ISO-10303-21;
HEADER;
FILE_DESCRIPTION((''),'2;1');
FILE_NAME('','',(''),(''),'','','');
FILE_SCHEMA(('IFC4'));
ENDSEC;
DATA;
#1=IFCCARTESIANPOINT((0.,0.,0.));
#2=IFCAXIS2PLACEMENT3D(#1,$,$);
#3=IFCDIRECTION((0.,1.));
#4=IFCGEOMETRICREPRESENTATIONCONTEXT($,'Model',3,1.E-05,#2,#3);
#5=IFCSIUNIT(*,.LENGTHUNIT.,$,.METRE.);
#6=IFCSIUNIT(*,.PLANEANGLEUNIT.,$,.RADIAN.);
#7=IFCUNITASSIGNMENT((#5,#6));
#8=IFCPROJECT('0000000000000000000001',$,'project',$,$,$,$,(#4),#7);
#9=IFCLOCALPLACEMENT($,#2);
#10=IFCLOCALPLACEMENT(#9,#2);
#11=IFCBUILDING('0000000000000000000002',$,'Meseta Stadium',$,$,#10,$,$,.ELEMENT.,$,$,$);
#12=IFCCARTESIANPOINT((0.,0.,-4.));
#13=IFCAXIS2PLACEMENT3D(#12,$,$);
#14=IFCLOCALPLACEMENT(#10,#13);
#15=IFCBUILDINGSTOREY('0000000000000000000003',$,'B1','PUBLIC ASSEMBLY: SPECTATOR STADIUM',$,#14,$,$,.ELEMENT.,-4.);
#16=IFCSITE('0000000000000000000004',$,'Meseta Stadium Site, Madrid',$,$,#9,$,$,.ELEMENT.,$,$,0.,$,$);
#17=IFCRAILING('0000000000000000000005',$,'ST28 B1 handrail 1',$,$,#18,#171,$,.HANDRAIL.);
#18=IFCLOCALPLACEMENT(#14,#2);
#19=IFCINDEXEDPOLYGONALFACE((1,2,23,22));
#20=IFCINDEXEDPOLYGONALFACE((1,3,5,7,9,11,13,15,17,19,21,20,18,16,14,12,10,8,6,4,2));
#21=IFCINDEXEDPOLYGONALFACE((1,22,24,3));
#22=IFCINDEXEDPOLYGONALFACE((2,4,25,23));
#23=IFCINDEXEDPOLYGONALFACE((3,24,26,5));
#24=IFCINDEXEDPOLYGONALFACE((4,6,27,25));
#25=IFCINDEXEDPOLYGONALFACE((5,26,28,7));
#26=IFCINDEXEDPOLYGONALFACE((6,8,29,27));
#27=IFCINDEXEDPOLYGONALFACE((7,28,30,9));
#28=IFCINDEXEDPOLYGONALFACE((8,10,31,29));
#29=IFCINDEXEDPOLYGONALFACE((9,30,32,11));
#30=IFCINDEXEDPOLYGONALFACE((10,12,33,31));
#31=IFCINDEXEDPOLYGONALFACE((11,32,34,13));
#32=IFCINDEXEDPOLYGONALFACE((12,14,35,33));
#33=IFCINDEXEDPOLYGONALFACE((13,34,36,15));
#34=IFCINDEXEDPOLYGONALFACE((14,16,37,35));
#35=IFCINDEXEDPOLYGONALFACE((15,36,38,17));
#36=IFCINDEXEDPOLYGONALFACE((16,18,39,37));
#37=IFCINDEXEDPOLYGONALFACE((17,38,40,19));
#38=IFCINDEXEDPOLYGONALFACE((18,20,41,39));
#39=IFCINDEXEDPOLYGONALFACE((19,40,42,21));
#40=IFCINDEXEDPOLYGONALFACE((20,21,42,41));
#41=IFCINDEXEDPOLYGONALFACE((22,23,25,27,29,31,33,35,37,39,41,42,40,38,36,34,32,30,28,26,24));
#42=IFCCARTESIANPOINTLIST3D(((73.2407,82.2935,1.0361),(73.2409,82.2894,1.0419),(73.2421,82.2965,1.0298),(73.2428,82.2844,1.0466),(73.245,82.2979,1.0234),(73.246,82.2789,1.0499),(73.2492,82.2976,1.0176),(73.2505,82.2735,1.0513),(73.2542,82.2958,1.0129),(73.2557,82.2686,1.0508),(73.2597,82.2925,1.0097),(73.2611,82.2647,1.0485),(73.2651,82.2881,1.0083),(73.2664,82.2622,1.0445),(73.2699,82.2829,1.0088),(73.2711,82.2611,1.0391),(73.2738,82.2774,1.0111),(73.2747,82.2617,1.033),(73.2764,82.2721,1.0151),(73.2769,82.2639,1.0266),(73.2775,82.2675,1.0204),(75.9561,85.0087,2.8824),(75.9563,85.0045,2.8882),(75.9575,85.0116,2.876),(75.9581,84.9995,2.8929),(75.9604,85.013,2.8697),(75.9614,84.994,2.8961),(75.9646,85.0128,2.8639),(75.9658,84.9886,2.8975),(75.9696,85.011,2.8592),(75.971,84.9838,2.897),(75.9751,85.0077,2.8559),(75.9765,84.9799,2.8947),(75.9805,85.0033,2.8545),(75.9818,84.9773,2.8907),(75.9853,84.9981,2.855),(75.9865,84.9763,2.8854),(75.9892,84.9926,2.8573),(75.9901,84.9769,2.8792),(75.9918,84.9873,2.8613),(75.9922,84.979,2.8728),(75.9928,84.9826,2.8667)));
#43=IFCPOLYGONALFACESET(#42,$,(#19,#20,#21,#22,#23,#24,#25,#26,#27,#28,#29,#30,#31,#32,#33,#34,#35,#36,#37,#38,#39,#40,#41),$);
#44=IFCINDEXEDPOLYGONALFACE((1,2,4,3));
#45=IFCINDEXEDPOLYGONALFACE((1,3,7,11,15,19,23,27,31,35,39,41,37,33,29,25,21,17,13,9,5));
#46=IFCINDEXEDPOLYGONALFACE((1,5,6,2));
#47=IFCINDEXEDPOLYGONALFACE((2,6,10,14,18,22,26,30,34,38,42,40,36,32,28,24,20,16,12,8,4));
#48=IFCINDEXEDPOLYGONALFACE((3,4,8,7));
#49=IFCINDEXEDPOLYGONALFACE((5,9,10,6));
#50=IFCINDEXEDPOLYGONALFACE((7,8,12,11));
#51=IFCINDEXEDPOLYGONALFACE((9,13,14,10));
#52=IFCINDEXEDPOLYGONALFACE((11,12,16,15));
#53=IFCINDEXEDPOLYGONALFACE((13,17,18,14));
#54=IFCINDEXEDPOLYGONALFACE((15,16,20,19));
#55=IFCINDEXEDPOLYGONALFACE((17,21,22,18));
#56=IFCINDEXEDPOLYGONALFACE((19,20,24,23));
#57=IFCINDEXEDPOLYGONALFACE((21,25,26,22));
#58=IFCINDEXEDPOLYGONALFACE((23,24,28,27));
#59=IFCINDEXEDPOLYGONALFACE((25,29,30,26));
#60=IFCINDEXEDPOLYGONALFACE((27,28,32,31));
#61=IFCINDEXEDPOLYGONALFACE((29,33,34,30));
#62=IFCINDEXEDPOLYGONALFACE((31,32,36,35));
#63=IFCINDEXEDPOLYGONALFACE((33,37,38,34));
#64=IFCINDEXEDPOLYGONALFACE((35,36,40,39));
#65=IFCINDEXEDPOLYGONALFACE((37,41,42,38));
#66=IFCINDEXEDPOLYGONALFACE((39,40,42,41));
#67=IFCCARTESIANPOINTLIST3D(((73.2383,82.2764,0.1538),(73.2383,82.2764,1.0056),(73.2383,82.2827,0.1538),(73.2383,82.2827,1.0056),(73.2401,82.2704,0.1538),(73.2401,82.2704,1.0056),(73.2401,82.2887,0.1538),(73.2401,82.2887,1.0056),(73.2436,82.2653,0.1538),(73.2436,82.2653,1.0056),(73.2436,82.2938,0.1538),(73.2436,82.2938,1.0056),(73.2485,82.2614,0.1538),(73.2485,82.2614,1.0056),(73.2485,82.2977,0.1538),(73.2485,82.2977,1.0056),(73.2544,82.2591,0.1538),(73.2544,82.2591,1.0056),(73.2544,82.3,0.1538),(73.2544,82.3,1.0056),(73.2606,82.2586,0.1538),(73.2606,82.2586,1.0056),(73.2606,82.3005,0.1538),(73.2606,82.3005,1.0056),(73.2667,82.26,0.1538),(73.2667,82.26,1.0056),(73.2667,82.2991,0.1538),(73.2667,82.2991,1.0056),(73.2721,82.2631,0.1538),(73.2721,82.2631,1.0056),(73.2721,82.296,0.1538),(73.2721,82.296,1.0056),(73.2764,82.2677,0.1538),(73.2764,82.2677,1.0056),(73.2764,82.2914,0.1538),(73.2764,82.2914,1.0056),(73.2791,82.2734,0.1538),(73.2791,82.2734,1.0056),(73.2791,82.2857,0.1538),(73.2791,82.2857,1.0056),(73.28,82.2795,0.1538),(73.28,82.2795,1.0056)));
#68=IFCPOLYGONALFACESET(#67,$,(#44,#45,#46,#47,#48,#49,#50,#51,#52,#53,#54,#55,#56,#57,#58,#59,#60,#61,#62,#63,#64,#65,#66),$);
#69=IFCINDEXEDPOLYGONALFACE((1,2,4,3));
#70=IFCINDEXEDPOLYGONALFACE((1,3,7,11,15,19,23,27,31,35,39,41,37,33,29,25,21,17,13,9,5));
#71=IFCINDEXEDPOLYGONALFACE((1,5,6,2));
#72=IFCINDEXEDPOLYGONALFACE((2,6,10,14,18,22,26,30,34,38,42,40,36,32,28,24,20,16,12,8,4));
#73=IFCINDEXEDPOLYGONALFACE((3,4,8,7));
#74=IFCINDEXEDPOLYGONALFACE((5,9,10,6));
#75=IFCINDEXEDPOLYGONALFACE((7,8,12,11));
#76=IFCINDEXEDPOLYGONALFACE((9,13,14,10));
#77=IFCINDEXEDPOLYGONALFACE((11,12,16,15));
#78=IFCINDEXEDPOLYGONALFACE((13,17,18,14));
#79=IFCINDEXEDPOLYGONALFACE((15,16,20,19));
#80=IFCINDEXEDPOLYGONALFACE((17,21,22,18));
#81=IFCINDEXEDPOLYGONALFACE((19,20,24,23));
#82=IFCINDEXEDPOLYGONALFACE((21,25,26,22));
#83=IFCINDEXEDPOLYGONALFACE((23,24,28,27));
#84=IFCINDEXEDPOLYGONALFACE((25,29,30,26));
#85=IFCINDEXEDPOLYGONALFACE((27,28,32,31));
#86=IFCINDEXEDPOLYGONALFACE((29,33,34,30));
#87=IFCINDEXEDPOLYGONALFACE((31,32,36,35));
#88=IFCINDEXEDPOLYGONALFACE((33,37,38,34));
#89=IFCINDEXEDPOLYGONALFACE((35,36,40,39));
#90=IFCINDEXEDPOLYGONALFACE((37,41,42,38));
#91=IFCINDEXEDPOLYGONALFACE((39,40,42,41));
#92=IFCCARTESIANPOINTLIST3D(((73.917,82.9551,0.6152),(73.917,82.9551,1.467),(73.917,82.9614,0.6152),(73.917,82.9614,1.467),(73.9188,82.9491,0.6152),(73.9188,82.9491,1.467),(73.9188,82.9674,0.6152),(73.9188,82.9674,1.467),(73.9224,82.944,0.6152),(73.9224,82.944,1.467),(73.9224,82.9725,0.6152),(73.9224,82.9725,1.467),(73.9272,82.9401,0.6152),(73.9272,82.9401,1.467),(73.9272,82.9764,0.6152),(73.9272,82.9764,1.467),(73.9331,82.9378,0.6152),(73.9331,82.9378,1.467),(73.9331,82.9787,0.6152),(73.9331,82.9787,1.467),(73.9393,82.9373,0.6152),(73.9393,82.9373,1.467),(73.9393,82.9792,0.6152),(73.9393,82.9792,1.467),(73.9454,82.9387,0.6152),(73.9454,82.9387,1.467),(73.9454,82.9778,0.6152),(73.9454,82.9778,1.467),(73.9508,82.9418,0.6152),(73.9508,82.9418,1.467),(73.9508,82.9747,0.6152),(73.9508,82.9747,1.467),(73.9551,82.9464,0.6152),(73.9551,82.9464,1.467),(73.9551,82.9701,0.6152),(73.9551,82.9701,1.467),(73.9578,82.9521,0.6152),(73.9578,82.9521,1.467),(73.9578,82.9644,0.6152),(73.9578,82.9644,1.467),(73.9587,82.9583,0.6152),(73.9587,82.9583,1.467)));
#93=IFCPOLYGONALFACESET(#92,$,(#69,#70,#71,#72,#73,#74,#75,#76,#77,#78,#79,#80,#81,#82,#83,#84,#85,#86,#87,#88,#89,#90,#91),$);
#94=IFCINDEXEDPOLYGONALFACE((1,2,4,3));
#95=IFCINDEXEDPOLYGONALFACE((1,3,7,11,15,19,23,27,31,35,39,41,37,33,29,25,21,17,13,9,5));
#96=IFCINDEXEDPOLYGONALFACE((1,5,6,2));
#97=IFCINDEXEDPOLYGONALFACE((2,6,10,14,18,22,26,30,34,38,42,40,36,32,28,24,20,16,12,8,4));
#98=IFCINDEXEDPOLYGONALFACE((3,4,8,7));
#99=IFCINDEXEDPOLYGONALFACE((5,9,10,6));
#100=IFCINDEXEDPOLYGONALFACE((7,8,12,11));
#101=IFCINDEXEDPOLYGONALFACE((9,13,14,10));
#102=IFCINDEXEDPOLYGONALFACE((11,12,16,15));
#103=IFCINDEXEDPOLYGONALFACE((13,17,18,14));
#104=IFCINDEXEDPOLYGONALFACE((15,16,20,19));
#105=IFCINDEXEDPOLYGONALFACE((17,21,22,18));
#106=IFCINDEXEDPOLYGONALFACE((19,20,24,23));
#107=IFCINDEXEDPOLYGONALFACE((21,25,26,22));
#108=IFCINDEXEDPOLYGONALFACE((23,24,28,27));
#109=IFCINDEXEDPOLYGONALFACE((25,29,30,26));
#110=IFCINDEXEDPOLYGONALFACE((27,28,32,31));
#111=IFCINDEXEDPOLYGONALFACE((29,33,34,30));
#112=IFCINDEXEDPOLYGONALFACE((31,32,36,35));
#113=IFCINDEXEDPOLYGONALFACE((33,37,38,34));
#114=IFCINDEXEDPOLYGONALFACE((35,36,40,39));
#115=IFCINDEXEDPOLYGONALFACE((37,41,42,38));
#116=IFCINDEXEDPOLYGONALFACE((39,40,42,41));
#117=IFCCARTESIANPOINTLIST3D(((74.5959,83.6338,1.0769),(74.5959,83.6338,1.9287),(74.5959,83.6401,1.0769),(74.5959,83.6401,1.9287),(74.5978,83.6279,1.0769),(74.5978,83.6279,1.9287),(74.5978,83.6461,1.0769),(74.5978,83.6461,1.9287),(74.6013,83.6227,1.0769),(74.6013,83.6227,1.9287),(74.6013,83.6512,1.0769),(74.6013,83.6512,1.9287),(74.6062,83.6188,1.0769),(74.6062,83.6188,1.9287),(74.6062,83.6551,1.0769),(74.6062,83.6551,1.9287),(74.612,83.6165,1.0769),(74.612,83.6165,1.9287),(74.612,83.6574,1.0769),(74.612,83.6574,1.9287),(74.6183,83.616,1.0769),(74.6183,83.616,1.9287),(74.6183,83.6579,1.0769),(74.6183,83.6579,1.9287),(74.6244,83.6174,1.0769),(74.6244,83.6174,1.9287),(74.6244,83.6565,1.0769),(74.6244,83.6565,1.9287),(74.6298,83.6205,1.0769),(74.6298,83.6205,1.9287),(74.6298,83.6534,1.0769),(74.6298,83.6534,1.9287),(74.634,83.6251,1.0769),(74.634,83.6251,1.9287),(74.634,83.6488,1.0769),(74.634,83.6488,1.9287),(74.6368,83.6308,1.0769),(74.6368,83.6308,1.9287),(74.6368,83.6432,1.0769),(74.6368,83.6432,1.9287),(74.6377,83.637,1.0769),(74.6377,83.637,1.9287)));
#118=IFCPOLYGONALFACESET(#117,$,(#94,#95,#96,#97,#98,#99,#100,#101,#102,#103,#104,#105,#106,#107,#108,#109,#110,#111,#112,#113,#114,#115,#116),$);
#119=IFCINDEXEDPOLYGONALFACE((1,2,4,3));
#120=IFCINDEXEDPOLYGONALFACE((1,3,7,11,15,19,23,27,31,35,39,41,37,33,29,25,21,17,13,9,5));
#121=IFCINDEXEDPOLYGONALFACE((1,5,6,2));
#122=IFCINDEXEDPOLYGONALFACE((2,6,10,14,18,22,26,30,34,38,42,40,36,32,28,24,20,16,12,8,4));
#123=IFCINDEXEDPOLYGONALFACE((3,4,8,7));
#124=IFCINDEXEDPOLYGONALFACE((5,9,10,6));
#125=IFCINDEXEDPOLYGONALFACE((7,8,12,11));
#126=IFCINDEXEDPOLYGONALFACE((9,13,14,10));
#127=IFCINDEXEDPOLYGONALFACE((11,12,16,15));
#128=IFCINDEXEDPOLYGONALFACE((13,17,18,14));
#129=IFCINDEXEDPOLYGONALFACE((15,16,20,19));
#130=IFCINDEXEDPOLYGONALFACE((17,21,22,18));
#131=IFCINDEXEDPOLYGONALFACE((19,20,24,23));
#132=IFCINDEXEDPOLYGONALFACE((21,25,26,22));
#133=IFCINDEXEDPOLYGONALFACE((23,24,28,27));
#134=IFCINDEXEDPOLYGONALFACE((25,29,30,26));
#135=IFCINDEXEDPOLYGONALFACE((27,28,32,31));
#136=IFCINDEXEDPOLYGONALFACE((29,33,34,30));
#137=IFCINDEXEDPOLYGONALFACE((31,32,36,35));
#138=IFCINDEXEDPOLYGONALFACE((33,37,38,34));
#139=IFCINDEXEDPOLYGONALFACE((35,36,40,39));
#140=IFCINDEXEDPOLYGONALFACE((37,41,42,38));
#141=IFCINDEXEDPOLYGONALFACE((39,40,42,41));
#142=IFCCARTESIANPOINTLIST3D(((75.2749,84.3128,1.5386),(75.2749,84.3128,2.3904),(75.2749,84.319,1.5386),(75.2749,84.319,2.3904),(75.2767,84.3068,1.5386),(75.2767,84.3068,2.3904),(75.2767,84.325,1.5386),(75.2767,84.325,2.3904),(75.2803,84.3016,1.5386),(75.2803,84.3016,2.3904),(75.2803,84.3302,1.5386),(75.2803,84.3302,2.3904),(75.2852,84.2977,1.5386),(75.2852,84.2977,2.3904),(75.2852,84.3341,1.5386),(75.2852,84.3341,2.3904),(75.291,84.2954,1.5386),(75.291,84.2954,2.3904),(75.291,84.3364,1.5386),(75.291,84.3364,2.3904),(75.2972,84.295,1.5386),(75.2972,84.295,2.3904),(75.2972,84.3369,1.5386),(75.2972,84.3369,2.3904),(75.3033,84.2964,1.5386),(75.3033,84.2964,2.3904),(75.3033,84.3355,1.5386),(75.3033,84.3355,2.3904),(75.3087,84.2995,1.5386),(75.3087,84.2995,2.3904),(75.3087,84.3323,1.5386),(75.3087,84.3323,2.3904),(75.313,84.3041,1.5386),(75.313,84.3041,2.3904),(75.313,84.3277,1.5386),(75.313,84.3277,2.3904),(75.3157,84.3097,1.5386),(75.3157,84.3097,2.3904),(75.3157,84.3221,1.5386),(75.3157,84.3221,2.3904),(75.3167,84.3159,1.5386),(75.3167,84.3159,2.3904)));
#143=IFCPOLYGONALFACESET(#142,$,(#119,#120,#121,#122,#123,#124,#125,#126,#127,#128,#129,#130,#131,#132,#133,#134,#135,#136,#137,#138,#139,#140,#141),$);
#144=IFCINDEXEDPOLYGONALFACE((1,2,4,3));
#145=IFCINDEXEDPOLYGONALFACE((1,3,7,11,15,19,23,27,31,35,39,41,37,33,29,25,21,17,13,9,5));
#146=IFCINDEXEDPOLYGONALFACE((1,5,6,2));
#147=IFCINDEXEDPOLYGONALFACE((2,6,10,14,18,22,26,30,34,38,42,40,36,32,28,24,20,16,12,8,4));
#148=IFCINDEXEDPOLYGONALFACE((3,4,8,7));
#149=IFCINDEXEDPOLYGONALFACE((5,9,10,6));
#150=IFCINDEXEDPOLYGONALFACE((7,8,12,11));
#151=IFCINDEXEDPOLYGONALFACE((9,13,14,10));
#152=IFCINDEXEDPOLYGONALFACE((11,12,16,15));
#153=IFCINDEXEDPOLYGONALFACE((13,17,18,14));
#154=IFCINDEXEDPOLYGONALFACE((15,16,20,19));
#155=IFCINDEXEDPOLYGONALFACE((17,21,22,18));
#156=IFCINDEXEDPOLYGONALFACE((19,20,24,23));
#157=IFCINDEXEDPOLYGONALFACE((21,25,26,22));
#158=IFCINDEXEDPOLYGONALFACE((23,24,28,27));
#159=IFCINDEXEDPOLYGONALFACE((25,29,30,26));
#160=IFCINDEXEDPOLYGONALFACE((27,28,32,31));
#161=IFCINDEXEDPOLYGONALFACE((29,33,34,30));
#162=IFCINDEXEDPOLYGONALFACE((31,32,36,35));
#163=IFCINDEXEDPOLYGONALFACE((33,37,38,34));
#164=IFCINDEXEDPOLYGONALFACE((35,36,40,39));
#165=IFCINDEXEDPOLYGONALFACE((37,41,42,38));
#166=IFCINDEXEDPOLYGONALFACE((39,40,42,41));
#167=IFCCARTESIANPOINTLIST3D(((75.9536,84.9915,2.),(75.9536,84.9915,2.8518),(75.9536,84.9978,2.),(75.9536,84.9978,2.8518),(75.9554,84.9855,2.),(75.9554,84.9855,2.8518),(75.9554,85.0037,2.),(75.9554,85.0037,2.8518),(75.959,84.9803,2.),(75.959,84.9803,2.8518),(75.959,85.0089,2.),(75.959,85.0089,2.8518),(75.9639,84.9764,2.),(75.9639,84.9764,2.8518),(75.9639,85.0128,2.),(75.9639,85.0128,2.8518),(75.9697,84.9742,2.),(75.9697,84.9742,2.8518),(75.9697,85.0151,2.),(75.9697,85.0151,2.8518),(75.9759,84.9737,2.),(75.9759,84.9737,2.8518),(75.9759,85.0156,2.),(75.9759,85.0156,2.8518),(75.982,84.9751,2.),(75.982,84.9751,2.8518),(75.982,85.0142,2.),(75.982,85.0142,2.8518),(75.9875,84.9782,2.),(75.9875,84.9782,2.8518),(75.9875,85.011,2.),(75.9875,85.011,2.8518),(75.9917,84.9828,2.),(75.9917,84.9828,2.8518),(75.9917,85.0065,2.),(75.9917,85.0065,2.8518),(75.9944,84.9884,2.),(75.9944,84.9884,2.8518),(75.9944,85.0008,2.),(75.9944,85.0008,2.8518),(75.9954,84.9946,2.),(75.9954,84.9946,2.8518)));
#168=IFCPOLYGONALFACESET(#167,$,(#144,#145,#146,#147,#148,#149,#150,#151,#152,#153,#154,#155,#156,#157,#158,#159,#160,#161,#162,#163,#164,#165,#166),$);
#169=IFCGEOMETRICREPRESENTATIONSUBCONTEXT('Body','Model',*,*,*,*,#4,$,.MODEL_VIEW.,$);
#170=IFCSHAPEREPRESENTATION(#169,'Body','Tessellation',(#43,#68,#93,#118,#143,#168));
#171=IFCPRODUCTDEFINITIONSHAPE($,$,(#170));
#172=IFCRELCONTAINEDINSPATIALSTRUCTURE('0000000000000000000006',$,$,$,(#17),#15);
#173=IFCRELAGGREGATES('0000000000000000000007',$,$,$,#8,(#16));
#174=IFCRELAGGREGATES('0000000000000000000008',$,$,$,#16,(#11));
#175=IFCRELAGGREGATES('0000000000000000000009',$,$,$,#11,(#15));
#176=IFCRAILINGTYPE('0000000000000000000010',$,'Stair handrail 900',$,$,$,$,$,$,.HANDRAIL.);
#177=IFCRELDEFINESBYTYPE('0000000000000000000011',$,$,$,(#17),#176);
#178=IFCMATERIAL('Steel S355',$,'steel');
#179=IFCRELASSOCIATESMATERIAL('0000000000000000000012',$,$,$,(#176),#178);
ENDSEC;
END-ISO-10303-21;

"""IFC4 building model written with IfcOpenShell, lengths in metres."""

from ifc_helpers import new_model, si_unit, direction, frame, origin, origin_2d, place, context, subcontext, project, spatial, circle, extrude, material, type_object, element, save


model = new_model("IFC4")

# Units and contexts
model_context = context("Model", 3, precision=1e-05, world=origin(), true_north=direction((0.0, 1.0)))
body_context = subcontext(model_context, "Body", "Model", "MODEL_VIEW")
ifc_project = project(units=[si_unit("LENGTHUNIT", "METRE"), si_unit("PLANEANGLEUNIT", "RADIAN")], contexts=[model_context])

# Site, building, storey
site_placement = place(None, origin())
site = spatial("IfcSite", under=ifc_project, at=site_placement, Name="Meseta Stadium Site, Madrid", CompositionType="ELEMENT", RefElevation=0.0)
building_placement = place(site_placement, origin())
building = spatial("IfcBuilding", under=site, at=building_placement, Name="Meseta Stadium", CompositionType="ELEMENT")
storey_placement = place(building_placement, frame((0.0, 0.0, -4.0)))
storey = spatial("IfcBuildingStorey", under=building, at=storey_placement, Name="B1", Description="PUBLIC ASSEMBLY: SPECTATOR STADIUM", CompositionType="ELEMENT", Elevation=-4.0)

# Railing
ifc_material_1 = material(Name="Steel S355", Category="steel")
railing_type = type_object("IfcRailingType", Name="Stair handrail 900", PredefinedType="HANDRAIL", material=ifc_material_1)
railing_placement = place(storey_placement, frame((73.259, 82.2795, 0.1538)))
element("IfcRailing", 1, at=railing_placement, inside=storey, type_object=railing_type, Name="ST28 B1 handrail 1", PredefinedType="HANDRAIL", context=body_context, shape_type="SweptSolid", body=[
    extrude(circle(Radius=0.0239, at=origin_2d()), frame((0.0, 0.0, 0.876), z_axis=(0.637304, 0.637247, 0.433312), x_axis=(-0.707075, 0.707139, 0.0)), (0.0, 0.0, 1.0), 4.2607),
    extrude(circle(Radius=0.021, at=origin_2d()), origin(), (0.0, 0.0, 1.0), 0.8518),
    extrude(circle(Radius=0.021, at=origin_2d()), frame((0.6787, 0.6787, 0.4614)), (0.0, 0.0, 1.0), 0.8518),
    extrude(circle(Radius=0.021, at=origin_2d()), frame((1.3577, 1.3574, 0.9231)), (0.0, 0.0, 1.0), 0.8518),
    extrude(circle(Radius=0.021, at=origin_2d()), frame((2.0366, 2.0364, 1.3848)), (0.0, 0.0, 1.0), 0.8518),
    extrude(circle(Radius=0.021, at=origin_2d()), frame((2.7153, 2.7151, 1.8462)), (0.0, 0.0, 1.0), 0.8518),
])

save(model, "model.ifc")
